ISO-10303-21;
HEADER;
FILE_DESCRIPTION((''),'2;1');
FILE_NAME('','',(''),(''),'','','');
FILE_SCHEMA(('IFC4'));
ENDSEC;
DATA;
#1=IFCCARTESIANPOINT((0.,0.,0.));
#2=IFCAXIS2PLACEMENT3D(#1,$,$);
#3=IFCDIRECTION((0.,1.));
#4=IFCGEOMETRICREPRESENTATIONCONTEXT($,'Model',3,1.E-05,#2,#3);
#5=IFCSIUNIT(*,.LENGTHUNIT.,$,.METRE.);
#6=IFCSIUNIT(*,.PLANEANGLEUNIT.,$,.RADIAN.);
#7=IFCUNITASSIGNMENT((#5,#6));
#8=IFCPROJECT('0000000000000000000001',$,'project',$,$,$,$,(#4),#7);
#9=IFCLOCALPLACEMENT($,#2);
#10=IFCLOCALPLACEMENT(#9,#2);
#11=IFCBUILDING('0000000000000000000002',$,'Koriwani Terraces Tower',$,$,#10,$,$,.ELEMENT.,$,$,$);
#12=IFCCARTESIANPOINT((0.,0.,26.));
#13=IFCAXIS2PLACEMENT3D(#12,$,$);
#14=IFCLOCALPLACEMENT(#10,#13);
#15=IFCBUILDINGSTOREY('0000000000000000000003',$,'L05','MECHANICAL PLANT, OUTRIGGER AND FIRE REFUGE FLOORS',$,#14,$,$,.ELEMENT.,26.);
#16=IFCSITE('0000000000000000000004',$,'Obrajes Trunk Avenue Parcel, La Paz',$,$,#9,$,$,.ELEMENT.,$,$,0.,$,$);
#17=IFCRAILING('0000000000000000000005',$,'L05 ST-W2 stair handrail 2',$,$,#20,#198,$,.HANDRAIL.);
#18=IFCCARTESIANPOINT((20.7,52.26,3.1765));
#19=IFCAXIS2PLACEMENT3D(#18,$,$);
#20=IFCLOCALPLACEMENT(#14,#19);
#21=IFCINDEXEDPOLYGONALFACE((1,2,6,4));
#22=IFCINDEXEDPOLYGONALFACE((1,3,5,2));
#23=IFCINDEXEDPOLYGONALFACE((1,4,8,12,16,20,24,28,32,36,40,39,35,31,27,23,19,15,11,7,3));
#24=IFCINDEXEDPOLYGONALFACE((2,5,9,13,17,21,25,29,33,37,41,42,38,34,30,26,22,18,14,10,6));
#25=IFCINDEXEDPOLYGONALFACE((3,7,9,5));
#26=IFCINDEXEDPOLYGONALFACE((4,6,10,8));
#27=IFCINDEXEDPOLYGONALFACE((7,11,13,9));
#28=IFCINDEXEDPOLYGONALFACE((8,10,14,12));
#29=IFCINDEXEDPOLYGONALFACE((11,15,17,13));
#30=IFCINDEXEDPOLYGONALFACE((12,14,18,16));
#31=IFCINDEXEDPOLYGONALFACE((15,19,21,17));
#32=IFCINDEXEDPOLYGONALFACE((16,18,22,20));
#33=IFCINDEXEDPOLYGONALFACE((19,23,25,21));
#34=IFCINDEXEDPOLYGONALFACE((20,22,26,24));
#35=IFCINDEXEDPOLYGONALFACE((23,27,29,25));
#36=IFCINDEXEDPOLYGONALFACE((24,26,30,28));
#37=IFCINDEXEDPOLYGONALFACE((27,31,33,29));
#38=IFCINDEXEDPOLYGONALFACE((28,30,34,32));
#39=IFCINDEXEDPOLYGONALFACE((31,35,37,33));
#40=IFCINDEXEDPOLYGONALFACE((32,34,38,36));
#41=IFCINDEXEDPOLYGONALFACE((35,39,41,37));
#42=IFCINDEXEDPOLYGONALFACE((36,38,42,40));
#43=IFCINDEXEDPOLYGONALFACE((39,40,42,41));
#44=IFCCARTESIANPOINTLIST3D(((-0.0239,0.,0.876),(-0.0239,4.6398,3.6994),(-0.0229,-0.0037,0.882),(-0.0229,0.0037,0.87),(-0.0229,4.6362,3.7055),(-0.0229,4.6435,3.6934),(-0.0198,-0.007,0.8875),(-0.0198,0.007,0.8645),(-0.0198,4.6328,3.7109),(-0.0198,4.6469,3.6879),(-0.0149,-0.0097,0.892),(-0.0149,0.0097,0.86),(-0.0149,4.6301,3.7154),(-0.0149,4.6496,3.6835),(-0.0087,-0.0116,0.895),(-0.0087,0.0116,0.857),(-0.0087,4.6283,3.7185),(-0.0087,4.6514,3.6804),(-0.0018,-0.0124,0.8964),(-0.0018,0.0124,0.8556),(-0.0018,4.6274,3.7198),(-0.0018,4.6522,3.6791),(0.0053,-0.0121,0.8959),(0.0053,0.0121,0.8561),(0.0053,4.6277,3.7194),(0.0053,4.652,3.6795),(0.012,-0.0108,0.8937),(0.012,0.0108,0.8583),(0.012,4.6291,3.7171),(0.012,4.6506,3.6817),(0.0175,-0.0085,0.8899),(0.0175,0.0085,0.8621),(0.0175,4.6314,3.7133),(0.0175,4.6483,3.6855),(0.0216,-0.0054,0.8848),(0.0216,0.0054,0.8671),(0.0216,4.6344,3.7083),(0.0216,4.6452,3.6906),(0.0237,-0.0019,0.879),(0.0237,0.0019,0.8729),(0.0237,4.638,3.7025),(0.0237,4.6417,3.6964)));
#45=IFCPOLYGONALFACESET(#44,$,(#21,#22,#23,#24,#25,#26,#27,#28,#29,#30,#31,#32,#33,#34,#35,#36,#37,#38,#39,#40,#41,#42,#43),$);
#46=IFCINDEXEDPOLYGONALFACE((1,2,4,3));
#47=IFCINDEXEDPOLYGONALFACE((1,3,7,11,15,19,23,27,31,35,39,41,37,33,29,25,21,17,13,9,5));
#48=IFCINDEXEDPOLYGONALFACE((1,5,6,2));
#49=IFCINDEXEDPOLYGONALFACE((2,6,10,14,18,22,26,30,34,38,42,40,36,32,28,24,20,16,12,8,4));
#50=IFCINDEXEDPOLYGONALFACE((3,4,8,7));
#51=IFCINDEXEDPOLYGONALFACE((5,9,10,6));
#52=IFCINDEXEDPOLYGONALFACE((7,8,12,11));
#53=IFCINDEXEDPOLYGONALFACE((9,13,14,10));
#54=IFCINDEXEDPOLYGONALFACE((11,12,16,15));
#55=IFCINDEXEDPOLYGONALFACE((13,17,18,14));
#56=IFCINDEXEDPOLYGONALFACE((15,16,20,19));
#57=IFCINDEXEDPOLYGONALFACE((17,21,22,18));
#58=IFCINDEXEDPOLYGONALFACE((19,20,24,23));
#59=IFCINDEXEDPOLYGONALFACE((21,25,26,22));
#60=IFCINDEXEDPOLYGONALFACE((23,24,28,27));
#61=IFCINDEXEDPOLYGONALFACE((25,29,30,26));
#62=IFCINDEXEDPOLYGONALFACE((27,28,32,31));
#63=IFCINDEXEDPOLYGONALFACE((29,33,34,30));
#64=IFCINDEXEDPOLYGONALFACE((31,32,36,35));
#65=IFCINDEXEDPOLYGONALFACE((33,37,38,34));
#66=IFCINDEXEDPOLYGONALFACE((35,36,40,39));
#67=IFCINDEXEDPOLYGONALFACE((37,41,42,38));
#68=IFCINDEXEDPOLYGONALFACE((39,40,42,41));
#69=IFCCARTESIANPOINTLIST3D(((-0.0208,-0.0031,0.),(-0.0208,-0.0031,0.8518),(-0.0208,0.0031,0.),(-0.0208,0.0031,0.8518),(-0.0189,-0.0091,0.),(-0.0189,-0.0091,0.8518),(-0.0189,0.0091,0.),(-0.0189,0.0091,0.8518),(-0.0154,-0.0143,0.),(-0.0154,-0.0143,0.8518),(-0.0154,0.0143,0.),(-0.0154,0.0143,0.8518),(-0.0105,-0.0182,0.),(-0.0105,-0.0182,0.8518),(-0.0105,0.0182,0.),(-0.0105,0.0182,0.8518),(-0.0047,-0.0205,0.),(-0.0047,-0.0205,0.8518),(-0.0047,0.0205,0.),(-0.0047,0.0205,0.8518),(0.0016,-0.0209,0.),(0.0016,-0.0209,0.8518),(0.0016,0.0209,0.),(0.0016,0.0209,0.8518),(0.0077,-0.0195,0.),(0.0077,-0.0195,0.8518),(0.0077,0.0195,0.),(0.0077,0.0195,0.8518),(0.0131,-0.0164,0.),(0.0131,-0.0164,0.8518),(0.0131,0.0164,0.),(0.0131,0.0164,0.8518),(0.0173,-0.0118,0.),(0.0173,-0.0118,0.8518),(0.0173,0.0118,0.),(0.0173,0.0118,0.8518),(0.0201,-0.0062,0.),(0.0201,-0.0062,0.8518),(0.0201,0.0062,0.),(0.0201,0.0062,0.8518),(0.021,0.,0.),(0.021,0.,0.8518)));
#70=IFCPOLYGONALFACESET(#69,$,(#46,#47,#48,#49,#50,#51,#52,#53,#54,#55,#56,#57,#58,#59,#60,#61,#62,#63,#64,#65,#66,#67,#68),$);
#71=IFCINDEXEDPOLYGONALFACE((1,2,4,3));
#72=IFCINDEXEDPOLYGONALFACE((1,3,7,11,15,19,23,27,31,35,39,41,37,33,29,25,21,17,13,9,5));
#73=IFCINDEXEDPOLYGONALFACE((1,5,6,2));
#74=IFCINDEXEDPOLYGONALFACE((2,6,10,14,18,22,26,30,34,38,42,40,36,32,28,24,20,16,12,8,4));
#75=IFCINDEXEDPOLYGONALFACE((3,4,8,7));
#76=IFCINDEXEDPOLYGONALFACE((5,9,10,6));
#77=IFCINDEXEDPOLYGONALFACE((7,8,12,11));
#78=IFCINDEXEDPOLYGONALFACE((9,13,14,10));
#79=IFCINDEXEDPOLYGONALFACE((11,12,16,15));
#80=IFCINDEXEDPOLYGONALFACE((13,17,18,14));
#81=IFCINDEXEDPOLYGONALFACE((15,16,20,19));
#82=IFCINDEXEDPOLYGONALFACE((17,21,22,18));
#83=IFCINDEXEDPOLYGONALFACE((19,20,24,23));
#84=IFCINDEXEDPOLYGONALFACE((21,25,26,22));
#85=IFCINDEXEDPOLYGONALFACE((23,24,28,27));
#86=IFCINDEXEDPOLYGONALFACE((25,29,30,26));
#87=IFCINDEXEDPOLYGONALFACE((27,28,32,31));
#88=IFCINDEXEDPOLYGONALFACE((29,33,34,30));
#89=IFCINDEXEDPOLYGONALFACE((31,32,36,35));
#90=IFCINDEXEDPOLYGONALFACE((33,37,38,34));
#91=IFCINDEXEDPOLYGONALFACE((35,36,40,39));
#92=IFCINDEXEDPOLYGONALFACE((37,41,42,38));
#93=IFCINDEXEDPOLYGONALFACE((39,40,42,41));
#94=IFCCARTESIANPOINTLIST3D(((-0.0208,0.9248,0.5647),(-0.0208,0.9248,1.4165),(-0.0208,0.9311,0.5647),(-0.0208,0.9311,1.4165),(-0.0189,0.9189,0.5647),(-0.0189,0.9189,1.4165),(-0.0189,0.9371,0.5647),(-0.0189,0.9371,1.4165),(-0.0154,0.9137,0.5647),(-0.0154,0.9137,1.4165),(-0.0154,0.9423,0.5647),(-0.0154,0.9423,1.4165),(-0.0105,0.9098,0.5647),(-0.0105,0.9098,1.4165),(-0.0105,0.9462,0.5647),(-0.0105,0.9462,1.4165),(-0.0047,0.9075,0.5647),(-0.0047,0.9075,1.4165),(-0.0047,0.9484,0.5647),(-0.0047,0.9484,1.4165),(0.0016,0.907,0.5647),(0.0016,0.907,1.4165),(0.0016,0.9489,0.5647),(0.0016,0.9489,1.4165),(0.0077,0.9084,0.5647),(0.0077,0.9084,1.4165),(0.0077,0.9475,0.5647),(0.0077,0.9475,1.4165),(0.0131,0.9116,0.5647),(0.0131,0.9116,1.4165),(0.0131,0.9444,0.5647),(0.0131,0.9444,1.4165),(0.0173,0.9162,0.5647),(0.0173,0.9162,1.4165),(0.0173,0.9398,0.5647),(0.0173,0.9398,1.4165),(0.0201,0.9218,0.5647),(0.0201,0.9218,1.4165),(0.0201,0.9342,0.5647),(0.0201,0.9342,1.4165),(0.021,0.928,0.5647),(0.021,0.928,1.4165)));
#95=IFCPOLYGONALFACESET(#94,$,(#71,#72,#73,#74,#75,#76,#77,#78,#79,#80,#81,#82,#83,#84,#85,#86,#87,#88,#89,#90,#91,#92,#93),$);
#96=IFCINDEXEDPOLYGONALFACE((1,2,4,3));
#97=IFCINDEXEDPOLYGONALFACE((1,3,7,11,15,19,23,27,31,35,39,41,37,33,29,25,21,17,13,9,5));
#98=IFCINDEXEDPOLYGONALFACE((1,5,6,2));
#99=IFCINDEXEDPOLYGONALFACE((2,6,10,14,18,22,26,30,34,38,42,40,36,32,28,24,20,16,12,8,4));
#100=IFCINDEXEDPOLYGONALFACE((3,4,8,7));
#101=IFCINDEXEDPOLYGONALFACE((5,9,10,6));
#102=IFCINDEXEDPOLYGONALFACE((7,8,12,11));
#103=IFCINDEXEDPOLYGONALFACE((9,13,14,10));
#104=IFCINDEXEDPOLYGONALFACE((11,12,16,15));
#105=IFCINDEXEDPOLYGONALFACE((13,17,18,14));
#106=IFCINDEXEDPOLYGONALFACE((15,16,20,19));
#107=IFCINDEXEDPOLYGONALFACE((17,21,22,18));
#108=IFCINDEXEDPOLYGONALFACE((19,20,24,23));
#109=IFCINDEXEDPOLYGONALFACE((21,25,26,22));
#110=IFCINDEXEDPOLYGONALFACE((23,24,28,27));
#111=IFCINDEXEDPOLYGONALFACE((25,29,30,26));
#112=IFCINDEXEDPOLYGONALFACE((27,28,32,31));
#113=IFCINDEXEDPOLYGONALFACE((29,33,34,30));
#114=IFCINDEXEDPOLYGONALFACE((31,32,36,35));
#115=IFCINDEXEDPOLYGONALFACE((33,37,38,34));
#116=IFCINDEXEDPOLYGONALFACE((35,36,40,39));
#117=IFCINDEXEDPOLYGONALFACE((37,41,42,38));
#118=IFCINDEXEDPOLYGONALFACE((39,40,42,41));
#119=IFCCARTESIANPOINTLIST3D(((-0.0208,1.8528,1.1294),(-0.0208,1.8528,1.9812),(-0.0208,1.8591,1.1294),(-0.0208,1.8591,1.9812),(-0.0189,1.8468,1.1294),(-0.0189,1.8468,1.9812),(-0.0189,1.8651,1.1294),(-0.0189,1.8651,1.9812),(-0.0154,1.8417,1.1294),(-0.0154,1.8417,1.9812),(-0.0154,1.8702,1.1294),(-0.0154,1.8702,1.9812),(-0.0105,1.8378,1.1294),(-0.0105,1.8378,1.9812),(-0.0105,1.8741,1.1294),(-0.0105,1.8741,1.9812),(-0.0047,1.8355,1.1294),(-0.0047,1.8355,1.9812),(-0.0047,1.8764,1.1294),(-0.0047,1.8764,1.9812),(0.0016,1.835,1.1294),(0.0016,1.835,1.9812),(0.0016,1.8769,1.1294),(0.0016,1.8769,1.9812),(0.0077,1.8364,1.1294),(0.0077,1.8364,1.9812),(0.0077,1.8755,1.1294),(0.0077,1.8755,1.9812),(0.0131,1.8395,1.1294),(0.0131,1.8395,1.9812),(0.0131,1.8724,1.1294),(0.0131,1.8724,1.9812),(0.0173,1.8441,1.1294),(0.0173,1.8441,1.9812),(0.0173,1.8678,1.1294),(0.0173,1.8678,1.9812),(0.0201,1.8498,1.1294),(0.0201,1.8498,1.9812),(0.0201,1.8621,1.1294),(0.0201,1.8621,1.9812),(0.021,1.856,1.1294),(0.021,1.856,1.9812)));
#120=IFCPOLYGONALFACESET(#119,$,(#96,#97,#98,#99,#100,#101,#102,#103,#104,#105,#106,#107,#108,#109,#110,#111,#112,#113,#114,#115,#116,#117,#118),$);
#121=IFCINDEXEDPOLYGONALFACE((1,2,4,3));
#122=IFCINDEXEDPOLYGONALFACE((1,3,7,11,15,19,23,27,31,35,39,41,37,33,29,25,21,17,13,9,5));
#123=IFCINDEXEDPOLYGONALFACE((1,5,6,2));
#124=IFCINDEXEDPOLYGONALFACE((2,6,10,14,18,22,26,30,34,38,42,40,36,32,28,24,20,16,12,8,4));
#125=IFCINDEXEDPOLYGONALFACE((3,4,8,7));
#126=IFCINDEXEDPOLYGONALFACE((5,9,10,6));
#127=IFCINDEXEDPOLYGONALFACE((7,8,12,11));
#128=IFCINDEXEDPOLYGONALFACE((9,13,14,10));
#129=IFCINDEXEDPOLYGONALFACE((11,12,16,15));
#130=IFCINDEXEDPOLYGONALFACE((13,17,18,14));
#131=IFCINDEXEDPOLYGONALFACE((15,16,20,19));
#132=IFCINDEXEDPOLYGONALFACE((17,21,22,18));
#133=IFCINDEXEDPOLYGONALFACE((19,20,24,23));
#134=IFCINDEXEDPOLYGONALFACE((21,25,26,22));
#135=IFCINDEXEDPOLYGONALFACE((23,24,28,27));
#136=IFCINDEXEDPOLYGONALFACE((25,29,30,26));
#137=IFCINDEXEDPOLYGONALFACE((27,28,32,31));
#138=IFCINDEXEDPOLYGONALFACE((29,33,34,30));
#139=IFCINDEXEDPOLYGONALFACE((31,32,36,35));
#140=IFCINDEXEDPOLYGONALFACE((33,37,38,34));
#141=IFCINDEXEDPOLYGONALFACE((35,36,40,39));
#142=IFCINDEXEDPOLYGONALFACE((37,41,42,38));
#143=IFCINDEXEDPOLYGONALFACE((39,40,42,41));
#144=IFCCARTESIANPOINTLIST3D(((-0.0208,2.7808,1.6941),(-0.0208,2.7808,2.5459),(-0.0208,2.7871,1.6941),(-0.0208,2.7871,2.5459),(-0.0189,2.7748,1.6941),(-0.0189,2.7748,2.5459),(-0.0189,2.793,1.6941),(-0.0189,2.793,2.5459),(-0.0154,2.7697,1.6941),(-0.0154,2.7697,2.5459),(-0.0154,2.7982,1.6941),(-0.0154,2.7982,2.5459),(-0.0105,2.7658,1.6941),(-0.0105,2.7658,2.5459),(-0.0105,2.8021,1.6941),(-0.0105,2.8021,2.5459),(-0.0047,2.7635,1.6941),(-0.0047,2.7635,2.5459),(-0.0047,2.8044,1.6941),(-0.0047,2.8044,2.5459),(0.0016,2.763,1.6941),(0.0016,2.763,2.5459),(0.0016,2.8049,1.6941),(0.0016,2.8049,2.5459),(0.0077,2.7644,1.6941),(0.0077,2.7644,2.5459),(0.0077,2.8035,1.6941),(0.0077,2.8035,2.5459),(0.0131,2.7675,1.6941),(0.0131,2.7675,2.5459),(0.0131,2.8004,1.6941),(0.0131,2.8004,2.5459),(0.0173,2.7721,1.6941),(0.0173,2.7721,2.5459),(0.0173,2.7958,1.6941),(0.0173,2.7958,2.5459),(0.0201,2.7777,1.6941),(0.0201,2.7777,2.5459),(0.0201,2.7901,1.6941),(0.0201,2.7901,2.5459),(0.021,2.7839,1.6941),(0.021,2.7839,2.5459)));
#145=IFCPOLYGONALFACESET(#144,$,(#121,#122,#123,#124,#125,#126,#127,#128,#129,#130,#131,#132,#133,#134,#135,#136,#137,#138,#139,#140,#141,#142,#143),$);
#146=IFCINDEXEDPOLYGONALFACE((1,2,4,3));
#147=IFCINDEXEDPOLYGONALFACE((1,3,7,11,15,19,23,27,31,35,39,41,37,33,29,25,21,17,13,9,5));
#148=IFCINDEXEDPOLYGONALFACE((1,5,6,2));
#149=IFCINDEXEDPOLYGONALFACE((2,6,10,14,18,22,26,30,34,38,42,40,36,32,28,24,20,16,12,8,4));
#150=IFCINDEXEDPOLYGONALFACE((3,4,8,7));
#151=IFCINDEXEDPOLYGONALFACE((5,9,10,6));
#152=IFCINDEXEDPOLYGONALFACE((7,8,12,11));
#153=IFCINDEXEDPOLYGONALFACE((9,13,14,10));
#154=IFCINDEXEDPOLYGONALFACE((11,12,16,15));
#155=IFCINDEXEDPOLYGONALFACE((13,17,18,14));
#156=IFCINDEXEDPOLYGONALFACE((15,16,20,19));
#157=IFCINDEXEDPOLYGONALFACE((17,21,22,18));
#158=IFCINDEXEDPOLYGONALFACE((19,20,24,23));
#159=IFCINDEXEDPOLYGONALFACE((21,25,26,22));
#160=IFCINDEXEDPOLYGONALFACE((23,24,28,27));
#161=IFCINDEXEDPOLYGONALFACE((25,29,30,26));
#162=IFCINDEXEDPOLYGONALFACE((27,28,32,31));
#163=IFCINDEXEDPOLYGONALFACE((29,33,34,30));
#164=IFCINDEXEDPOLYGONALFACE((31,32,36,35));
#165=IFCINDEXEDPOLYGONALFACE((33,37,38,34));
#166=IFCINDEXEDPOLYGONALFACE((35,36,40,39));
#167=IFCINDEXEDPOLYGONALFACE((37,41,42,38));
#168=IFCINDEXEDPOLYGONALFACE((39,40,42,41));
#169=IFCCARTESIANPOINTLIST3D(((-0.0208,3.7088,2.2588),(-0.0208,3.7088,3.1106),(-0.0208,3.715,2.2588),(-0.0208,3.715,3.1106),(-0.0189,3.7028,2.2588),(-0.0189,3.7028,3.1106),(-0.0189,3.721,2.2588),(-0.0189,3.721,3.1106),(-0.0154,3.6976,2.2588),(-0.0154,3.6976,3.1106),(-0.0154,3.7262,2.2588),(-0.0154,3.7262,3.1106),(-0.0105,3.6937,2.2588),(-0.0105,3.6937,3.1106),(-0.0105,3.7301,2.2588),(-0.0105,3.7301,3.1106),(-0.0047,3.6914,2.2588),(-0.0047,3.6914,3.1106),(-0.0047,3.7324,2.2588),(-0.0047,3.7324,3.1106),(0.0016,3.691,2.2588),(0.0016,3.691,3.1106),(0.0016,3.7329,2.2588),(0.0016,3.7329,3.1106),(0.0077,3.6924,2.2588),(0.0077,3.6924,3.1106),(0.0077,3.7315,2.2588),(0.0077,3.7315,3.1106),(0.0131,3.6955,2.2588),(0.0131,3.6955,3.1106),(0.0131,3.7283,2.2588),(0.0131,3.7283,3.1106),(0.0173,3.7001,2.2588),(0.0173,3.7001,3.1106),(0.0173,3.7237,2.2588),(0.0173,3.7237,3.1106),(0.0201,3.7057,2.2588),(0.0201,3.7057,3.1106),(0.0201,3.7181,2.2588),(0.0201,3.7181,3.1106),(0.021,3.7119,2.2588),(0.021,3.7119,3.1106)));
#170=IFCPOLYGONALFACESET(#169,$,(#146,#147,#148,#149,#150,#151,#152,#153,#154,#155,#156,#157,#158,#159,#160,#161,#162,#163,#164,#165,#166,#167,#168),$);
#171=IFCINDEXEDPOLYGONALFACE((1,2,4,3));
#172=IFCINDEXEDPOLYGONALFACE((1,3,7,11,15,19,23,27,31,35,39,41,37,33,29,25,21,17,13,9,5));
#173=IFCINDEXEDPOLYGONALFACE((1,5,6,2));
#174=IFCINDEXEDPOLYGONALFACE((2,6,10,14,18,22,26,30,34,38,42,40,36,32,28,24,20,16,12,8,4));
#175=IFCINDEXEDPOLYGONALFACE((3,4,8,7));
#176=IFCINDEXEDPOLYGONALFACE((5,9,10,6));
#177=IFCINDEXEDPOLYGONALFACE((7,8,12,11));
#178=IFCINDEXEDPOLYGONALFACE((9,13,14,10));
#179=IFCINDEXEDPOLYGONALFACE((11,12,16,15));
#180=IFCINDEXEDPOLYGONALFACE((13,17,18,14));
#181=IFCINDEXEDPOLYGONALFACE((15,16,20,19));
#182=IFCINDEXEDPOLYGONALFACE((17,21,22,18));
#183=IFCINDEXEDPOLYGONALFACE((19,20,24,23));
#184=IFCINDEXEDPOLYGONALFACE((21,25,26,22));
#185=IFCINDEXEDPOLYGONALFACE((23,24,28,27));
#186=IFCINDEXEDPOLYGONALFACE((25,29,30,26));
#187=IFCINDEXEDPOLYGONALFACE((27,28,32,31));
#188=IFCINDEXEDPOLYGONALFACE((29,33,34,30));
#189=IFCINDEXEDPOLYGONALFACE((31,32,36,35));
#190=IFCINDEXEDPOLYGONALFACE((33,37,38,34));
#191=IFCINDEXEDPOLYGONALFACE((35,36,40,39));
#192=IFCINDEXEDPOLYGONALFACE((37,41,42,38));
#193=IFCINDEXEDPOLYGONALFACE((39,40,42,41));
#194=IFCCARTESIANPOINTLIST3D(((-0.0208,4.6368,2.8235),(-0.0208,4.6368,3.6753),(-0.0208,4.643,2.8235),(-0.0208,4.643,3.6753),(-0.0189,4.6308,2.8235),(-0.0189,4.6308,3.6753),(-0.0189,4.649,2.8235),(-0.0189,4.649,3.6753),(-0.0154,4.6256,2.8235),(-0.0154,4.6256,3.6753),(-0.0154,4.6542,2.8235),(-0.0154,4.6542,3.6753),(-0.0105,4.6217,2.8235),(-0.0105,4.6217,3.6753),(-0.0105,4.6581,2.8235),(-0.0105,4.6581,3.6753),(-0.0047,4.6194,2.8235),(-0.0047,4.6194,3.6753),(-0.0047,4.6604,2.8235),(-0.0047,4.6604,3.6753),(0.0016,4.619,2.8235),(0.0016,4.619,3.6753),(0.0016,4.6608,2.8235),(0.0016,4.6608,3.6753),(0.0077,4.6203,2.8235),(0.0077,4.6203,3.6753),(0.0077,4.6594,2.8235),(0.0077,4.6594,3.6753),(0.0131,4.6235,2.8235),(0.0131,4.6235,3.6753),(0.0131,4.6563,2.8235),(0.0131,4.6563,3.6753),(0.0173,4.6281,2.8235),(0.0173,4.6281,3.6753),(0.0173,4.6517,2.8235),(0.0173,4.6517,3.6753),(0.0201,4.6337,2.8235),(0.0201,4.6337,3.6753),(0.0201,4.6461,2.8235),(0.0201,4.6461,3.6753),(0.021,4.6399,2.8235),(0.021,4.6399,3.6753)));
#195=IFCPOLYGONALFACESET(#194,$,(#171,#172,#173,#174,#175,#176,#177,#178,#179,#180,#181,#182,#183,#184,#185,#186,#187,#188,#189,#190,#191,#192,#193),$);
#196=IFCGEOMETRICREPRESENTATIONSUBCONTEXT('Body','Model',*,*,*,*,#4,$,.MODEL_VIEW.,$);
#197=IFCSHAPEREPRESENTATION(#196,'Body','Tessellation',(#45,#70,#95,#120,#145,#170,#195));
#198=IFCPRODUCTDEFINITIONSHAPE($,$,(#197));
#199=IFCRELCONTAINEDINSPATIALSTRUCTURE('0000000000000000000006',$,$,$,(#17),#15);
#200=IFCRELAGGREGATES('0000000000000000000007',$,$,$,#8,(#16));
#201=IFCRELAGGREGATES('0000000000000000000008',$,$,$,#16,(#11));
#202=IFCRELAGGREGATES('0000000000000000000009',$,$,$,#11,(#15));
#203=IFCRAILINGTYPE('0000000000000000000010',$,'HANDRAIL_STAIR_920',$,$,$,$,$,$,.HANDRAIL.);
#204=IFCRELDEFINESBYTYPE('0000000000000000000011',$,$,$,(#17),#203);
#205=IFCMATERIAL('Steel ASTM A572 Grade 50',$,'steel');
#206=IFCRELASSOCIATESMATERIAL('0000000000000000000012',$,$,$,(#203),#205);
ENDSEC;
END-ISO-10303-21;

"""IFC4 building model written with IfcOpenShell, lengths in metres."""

from ifc_helpers import new_model, si_unit, direction, frame, origin, origin_2d, place, context, subcontext, project, spatial, circle, extrude, material, type_object, element, save


model = new_model("IFC4")

# Units and contexts
model_context = context("Model", 3, precision=1e-05, world=origin(), true_north=direction((0.0, 1.0)))
body_context = subcontext(model_context, "Body", "Model", "MODEL_VIEW")
ifc_project = project(units=[si_unit("LENGTHUNIT", "METRE"), si_unit("PLANEANGLEUNIT", "RADIAN")], contexts=[model_context])

# Site, building, storey
site_placement = place(None, origin())
site = spatial("IfcSite", under=ifc_project, at=site_placement, Name="Obrajes Trunk Avenue Parcel, La Paz", CompositionType="ELEMENT", RefElevation=0.0)
building_placement = place(site_placement, origin())
building = spatial("IfcBuilding", under=site, at=building_placement, Name="Koriwani Terraces Tower", CompositionType="ELEMENT")
storey_placement = place(building_placement, frame((0.0, 0.0, 26.0)))
storey = spatial("IfcBuildingStorey", under=building, at=storey_placement, Name="L05", Description="MECHANICAL PLANT, OUTRIGGER AND FIRE REFUGE FLOORS", CompositionType="ELEMENT", Elevation=26.0)

# Shared definitions
ifc_material_1 = material(Name="Steel ASTM A572 Grade 50", Category="steel")

# Railing
railing_type_1 = type_object("IfcRailingType", Name="HANDRAIL_STAIR_920", PredefinedType="HANDRAIL", material=ifc_material_1)
railing_1_placement = place(storey_placement, frame((20.7, 52.26, 3.1765)))
element("IfcRailing", 1, at=railing_1_placement, inside=storey, type_object=railing_type_1, Name="L05 ST-W2 stair handrail 2", PredefinedType="HANDRAIL", context=body_context, shape_type="SweptSolid", body=[
    extrude(circle(Radius=0.0239, at=origin_2d()), frame((0.0, 0.0, 0.876), z_axis=(0.0, 0.854264, 0.51984), x_axis=(-1.0, 0.0, 0.0)), (0.0, 0.0, 1.0), 5.4314),
    extrude(circle(Radius=0.021, at=origin_2d()), origin(), (0.0, 0.0, 1.0), 0.8518),
    extrude(circle(Radius=0.021, at=origin_2d()), frame((0.0, 0.928, 0.5647)), (0.0, 0.0, 1.0), 0.8518),
    extrude(circle(Radius=0.021, at=origin_2d()), frame((0.0, 1.856, 1.1294)), (0.0, 0.0, 1.0), 0.8518),
    extrude(circle(Radius=0.021, at=origin_2d()), frame((0.0, 2.7839, 1.6941)), (0.0, 0.0, 1.0), 0.8518),
    extrude(circle(Radius=0.021, at=origin_2d()), frame((0.0, 3.7119, 2.2588)), (0.0, 0.0, 1.0), 0.8518),
    extrude(circle(Radius=0.021, at=origin_2d()), frame((0.0, 4.6399, 2.8235)), (0.0, 0.0, 1.0), 0.8518),
])

save(model, "model.ifc")
